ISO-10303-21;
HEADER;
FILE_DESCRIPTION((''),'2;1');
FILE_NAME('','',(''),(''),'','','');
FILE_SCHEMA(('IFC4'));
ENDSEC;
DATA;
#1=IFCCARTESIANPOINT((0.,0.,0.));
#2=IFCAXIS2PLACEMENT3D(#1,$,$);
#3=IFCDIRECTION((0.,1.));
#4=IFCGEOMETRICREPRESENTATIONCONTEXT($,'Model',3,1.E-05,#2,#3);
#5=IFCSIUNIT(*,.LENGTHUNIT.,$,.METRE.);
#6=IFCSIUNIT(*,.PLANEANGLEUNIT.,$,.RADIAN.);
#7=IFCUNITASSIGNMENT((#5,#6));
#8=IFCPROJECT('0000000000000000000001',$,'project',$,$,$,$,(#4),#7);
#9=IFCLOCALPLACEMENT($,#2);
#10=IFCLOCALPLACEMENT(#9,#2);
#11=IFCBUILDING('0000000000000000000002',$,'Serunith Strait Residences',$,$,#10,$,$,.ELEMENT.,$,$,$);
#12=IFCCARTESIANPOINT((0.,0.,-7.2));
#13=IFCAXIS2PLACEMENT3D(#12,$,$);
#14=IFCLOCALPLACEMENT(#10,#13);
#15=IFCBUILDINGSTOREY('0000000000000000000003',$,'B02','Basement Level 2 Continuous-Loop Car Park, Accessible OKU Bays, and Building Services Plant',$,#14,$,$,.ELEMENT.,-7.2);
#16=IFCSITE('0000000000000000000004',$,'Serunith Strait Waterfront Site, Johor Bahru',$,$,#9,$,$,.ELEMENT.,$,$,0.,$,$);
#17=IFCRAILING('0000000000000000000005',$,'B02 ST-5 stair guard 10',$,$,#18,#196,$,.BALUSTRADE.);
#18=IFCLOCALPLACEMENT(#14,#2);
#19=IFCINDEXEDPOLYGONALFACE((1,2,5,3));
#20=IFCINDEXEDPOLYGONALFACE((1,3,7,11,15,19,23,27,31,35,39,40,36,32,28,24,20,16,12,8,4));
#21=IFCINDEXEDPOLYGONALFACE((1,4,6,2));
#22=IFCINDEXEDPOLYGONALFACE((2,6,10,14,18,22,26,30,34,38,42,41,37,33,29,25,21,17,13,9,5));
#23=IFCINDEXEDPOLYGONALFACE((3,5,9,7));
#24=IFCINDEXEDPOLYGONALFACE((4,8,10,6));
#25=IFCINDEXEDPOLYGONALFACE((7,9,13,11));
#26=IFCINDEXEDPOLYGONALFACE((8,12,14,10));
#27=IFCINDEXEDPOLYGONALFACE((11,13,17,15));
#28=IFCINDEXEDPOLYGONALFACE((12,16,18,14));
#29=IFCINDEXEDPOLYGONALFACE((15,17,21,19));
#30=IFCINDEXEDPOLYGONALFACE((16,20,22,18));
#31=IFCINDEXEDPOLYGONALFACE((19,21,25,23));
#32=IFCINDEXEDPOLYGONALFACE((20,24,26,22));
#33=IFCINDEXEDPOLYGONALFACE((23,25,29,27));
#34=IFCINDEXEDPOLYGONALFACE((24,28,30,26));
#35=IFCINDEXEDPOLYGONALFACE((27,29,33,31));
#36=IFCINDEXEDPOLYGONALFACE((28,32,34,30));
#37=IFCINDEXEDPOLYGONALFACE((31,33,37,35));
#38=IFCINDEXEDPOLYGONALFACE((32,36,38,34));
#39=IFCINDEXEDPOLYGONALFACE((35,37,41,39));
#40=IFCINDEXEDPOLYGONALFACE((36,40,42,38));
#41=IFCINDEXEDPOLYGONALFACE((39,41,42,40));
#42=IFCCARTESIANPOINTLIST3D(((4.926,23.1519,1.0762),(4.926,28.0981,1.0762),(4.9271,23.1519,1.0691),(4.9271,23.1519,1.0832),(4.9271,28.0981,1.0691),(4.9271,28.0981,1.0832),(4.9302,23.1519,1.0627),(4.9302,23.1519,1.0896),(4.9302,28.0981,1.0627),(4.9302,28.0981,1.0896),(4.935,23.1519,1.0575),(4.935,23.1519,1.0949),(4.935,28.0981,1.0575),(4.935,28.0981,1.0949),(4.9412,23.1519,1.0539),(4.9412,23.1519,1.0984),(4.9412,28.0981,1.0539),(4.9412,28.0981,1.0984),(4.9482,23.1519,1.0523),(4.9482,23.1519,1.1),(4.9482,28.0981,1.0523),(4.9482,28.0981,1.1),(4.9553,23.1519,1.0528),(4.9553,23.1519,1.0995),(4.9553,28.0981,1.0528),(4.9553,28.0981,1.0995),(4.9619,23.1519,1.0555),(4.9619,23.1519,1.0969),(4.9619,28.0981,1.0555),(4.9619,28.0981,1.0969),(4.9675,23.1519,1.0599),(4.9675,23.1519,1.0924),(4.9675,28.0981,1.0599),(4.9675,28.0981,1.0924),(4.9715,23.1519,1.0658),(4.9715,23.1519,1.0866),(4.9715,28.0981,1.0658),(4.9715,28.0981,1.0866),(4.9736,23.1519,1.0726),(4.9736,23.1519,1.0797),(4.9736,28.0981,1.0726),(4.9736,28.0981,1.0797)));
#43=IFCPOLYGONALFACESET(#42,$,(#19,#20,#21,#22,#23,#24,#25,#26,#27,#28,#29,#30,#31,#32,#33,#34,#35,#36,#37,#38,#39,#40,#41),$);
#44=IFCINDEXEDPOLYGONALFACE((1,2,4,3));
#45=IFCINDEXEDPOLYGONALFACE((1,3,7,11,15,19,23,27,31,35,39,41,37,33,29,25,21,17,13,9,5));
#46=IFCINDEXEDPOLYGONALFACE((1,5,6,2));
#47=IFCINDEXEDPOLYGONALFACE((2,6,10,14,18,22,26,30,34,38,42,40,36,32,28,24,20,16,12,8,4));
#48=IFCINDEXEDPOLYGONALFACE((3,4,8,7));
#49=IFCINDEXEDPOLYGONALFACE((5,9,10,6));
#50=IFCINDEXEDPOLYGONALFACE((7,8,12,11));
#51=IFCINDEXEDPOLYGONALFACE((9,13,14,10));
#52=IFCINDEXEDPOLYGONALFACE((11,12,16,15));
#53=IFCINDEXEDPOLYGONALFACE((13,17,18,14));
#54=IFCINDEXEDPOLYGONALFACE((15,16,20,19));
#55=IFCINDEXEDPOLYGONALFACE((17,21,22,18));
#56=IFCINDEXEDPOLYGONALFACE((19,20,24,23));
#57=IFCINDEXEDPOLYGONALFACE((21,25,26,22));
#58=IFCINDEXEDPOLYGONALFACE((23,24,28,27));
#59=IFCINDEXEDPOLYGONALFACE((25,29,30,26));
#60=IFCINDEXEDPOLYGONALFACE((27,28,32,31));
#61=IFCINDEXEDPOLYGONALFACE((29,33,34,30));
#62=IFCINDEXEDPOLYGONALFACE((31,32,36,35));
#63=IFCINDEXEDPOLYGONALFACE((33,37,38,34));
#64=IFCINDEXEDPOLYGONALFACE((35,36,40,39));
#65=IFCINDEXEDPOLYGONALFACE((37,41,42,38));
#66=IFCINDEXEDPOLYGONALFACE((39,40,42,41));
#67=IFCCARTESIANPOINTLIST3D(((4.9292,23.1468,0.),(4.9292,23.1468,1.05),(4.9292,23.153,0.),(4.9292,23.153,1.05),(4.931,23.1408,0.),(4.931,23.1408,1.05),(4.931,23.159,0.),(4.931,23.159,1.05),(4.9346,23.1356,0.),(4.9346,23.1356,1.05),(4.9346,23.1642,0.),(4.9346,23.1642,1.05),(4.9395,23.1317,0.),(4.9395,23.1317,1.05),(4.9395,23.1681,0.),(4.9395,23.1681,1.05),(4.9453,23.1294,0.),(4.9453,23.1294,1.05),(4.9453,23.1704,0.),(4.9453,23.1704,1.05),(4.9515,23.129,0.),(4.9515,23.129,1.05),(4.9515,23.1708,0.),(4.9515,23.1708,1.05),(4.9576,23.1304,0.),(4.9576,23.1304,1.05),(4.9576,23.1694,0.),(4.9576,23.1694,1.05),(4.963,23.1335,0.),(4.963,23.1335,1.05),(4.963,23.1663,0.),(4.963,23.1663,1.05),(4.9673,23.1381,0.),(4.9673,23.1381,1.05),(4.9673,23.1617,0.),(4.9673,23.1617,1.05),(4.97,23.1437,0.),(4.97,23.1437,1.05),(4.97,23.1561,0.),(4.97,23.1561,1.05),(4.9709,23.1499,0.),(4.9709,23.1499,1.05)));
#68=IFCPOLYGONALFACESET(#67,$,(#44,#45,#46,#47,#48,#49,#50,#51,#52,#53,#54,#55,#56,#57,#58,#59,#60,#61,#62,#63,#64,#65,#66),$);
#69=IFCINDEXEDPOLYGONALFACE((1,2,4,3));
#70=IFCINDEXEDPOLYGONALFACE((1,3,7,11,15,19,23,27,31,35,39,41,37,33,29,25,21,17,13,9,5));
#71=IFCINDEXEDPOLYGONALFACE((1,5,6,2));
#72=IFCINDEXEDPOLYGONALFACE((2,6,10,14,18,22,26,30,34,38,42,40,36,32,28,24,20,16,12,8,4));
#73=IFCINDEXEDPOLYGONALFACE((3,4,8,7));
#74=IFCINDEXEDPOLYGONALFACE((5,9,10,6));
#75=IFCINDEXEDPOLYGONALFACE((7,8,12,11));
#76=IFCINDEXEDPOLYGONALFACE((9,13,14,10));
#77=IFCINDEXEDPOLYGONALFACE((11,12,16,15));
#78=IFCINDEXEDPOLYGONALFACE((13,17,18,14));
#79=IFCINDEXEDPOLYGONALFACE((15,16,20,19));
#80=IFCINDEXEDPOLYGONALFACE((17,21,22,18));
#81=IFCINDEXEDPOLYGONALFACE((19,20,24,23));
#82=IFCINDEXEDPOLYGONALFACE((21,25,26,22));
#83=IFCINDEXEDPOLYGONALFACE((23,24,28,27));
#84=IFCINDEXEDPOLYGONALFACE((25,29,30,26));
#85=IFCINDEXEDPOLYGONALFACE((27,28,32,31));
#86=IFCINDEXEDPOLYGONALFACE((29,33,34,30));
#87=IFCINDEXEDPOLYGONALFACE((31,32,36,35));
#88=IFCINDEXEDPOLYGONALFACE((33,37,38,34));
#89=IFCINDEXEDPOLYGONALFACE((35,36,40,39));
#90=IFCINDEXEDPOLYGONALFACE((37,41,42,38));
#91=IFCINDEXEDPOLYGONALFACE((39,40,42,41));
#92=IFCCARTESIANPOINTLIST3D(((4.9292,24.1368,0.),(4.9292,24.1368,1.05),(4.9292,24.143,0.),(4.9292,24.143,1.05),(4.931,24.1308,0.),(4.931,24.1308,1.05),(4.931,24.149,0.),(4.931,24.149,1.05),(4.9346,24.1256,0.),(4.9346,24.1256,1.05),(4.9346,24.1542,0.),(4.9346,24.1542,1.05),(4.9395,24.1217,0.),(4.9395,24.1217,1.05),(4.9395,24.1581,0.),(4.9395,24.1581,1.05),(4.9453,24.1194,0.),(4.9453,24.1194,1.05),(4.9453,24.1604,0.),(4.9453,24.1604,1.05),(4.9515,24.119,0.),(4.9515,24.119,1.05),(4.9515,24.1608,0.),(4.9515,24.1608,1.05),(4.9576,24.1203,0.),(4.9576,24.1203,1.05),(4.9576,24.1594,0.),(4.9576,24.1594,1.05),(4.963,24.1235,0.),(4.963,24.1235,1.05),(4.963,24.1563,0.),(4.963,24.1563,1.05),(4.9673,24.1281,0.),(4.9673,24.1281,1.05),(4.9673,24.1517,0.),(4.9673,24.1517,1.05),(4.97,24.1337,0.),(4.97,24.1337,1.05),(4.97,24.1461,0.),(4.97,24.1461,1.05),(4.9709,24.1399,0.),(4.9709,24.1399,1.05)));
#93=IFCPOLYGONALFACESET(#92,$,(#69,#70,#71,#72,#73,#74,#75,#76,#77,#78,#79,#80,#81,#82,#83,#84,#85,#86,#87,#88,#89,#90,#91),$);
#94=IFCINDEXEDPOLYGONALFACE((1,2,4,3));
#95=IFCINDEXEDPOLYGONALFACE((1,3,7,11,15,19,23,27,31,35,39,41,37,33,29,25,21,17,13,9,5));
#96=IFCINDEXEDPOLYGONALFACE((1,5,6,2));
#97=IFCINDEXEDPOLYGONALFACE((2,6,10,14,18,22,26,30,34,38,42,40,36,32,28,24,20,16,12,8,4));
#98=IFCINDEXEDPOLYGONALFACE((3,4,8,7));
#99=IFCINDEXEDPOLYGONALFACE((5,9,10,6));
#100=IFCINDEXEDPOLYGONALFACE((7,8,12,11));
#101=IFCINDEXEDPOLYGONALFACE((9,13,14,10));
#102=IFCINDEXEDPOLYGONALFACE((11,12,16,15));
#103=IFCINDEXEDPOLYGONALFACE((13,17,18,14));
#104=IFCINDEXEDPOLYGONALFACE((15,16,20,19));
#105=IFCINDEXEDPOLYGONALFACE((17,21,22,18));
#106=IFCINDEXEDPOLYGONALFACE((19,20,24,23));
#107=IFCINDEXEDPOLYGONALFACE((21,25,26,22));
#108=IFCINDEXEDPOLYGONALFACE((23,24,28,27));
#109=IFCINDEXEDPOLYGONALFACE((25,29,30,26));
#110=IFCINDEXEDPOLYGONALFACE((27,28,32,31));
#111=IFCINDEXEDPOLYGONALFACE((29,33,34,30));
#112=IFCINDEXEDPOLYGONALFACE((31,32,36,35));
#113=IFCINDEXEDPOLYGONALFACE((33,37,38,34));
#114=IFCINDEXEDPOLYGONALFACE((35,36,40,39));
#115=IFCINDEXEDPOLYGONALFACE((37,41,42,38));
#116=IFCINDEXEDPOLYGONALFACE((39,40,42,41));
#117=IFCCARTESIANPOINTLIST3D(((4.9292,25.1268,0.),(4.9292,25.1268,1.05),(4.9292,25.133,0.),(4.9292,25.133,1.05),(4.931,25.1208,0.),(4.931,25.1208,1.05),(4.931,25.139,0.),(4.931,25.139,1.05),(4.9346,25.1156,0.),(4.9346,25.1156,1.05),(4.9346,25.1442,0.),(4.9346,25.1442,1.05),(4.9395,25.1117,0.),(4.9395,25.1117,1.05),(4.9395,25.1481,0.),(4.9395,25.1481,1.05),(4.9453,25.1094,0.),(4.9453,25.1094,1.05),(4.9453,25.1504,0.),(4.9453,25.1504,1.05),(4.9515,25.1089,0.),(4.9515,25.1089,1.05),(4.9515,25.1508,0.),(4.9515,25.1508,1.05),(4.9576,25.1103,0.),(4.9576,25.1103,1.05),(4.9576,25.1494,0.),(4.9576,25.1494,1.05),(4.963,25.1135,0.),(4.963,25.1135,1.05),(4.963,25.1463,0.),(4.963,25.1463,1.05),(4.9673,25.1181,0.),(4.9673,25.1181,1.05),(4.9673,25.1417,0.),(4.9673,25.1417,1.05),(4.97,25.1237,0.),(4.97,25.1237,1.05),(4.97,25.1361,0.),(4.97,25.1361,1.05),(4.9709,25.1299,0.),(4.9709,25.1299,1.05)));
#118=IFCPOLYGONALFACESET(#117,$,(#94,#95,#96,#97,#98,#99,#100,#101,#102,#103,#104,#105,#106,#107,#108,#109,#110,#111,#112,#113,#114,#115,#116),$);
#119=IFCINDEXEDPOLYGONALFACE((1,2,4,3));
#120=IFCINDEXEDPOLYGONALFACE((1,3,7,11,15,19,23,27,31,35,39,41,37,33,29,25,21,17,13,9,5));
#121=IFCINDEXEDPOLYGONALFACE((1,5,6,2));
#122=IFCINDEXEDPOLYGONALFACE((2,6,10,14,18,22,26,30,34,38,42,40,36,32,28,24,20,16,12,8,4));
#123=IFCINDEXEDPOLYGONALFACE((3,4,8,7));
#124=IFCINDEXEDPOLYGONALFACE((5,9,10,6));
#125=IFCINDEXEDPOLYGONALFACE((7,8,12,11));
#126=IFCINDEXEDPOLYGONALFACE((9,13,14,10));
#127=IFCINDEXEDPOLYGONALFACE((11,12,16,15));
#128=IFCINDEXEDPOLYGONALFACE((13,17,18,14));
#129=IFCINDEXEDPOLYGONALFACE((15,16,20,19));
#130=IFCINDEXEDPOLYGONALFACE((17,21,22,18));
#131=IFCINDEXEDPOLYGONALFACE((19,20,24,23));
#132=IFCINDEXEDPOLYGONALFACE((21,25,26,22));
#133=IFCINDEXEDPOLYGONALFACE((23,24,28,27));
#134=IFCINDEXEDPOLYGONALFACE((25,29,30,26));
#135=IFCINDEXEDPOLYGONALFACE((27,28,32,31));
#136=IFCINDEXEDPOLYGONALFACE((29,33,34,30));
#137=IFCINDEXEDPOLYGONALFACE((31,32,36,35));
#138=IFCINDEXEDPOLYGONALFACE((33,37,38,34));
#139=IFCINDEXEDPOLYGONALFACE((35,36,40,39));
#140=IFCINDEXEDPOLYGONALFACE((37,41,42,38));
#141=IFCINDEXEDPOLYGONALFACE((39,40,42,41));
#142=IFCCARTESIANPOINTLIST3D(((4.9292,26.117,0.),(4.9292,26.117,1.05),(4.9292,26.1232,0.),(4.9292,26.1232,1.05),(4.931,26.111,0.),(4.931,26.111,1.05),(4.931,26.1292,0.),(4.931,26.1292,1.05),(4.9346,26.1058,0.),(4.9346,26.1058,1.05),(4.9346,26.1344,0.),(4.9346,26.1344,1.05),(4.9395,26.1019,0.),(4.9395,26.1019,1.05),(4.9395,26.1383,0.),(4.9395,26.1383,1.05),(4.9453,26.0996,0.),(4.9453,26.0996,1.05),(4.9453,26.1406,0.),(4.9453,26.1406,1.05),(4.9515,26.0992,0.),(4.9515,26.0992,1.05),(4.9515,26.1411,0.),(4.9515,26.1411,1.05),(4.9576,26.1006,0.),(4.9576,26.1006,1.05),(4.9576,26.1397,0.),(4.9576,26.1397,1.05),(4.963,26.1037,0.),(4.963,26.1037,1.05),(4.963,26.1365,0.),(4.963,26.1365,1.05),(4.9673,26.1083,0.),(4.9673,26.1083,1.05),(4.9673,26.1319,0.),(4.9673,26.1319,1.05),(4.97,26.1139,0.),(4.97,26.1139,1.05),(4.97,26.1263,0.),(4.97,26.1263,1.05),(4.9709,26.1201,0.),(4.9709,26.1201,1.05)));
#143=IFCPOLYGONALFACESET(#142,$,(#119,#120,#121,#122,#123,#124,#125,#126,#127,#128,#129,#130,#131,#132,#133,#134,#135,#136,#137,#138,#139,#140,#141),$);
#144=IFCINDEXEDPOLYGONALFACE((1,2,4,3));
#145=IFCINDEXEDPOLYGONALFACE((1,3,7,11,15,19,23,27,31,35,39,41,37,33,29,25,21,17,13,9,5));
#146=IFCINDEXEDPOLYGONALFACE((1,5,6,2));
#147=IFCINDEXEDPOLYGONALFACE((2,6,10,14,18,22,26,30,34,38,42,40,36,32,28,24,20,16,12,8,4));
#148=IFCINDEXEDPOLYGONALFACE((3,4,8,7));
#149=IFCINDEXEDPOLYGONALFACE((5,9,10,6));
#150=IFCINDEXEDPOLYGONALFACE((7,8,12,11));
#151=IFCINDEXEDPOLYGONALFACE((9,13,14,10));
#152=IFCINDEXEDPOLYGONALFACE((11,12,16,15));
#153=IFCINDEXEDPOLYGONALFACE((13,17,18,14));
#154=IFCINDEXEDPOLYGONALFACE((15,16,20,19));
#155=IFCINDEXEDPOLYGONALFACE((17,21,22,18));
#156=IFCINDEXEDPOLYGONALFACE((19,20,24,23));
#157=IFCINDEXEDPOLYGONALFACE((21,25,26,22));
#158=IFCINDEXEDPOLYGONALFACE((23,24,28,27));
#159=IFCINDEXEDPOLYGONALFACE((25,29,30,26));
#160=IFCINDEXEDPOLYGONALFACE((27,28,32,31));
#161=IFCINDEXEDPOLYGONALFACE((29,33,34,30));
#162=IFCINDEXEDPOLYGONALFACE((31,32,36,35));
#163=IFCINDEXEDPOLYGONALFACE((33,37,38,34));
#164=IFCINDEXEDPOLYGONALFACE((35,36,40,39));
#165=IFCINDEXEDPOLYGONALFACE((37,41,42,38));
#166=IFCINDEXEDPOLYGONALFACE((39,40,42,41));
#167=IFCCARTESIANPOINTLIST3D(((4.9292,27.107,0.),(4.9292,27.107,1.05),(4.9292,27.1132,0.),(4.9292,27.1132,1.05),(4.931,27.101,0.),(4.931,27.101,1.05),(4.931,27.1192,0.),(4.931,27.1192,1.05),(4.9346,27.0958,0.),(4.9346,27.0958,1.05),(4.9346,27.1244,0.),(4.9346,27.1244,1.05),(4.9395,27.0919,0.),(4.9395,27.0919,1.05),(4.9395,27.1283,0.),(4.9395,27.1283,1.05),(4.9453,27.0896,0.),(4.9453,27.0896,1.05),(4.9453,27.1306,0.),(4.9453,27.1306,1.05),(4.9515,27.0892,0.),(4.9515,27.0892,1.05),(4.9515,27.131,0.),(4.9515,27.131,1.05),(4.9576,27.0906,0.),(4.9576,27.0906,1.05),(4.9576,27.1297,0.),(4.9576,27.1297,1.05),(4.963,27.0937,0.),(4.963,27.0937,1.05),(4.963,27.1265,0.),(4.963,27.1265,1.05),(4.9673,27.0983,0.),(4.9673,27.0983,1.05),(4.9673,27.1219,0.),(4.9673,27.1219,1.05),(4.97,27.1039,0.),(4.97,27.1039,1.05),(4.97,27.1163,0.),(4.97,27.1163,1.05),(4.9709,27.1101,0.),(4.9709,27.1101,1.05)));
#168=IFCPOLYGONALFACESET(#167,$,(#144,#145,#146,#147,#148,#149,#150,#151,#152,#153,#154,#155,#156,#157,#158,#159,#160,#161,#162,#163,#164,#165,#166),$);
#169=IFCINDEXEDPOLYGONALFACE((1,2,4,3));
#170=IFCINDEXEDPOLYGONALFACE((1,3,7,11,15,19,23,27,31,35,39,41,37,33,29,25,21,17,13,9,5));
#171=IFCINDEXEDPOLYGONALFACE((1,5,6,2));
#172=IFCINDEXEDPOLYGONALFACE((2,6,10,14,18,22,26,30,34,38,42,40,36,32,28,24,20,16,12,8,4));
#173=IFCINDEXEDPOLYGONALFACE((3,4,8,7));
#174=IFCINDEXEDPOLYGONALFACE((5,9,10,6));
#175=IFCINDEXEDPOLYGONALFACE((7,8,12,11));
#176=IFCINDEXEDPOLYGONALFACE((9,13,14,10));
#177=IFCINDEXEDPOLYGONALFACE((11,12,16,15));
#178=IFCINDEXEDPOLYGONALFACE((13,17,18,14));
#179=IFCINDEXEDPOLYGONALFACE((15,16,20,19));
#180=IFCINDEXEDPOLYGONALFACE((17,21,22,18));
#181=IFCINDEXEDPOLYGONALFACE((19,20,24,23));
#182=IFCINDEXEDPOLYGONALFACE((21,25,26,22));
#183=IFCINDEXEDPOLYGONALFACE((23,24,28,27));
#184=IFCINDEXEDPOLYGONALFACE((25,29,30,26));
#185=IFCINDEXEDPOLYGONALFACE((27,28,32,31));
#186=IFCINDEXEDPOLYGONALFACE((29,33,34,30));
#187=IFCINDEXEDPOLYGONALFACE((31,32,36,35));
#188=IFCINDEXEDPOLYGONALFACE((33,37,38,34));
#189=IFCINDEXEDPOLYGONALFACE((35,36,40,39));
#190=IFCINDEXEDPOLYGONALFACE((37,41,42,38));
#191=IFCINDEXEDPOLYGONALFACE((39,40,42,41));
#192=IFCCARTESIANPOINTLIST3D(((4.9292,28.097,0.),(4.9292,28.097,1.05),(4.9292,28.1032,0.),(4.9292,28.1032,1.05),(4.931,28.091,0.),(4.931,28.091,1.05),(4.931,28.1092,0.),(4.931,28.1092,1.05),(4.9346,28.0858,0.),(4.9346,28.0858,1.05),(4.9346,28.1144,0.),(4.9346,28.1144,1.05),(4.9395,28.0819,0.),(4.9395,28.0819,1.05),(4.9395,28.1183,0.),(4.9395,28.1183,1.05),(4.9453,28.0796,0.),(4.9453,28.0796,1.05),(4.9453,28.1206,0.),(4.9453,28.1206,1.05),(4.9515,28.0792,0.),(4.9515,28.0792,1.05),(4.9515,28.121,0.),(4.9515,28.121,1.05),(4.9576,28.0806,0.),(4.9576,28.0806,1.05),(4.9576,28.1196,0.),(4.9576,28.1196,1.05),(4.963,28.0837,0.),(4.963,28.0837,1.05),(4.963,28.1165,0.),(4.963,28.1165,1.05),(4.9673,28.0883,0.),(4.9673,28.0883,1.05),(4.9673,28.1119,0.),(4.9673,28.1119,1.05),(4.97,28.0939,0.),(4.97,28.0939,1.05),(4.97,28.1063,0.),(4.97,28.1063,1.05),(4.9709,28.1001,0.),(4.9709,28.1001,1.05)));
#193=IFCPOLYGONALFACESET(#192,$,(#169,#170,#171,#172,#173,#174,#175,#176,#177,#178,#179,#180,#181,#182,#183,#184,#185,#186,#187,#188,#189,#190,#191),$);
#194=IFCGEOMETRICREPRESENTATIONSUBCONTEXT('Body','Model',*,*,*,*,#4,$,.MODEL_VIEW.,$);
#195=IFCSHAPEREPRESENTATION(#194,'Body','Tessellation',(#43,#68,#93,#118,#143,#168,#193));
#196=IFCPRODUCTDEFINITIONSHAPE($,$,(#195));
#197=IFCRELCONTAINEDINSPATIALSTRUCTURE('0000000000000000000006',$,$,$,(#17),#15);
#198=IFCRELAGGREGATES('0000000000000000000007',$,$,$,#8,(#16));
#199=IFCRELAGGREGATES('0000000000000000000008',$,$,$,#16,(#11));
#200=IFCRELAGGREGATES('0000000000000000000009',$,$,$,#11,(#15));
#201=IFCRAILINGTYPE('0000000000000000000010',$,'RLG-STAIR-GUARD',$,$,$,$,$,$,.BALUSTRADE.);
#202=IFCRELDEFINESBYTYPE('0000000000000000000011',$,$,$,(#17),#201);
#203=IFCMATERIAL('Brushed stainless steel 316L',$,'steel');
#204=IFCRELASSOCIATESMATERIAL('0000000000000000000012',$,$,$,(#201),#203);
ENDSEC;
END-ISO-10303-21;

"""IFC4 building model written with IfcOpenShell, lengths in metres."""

from ifc_helpers import new_model, si_unit, direction, frame, origin, origin_2d, place, context, subcontext, project, spatial, circle, extrude, material, type_object, element, save


model = new_model("IFC4")

# Units and contexts
model_context = context("Model", 3, precision=1e-05, world=origin(), true_north=direction((0.0, 1.0)))
body_context = subcontext(model_context, "Body", "Model", "MODEL_VIEW")
ifc_project = project(units=[si_unit("LENGTHUNIT", "METRE"), si_unit("PLANEANGLEUNIT", "RADIAN")], contexts=[model_context])

# Site, building, storey
site_placement = place(None, origin())
site = spatial("IfcSite", under=ifc_project, at=site_placement, Name="Serunith Strait Waterfront Site, Johor Bahru", CompositionType="ELEMENT", RefElevation=0.0)
building_placement = place(site_placement, origin())
building = spatial("IfcBuilding", under=site, at=building_placement, Name="Serunith Strait Residences", CompositionType="ELEMENT")
storey_placement = place(building_placement, frame((0.0, 0.0, -7.2)))
storey = spatial("IfcBuildingStorey", under=building, at=storey_placement, Name="B02", Description="Basement Level 2 Continuous-Loop Car Park, Accessible OKU Bays, and Building Services Plant", CompositionType="ELEMENT", Elevation=-7.2)

# Railing
ifc_material_1 = material(Name="Brushed stainless steel 316L", Category="steel")
railing_type_1 = type_object("IfcRailingType", Name="RLG-STAIR-GUARD", PredefinedType="BALUSTRADE", material=ifc_material_1)
for number, where, name in (
    (1, (4.95, 23.1499, 0.0), "B02 ST-5 stair guard 10"),
):
    element("IfcRailing", number, at=place(storey_placement, frame(where)), inside=storey, type_object=railing_type_1, Name=name, PredefinedType="BALUSTRADE", context=body_context, shape_type="SweptSolid", body=[
        extrude(circle(Radius=0.0239, at=origin_2d()), frame((0.0, 0.002, 1.0762), z_axis=(0.0, 1.0, 0.0), x_axis=(-1.0, 0.0, 0.0)), (0.0, 0.0, 1.0), 4.9463),
        extrude(circle(Radius=0.021, at=origin_2d()), origin(), (0.0, 0.0, 1.0), 1.05),
        extrude(circle(Radius=0.021, at=origin_2d()), frame((0.0, 0.99, 0.0)), (0.0, 0.0, 1.0), 1.05),
        extrude(circle(Radius=0.021, at=origin_2d()), frame((0.0, 1.98, 0.0)), (0.0, 0.0, 1.0), 1.05),
        extrude(circle(Radius=0.021, at=origin_2d()), frame((0.0, 2.9702, 0.0)), (0.0, 0.0, 1.0), 1.05),
        extrude(circle(Radius=0.021, at=origin_2d()), frame((0.0, 3.9602, 0.0)), (0.0, 0.0, 1.0), 1.05),
        extrude(circle(Radius=0.021, at=origin_2d()), frame((0.0, 4.9502, 0.0)), (0.0, 0.0, 1.0), 1.05),
    ])

save(model, "model.ifc")
